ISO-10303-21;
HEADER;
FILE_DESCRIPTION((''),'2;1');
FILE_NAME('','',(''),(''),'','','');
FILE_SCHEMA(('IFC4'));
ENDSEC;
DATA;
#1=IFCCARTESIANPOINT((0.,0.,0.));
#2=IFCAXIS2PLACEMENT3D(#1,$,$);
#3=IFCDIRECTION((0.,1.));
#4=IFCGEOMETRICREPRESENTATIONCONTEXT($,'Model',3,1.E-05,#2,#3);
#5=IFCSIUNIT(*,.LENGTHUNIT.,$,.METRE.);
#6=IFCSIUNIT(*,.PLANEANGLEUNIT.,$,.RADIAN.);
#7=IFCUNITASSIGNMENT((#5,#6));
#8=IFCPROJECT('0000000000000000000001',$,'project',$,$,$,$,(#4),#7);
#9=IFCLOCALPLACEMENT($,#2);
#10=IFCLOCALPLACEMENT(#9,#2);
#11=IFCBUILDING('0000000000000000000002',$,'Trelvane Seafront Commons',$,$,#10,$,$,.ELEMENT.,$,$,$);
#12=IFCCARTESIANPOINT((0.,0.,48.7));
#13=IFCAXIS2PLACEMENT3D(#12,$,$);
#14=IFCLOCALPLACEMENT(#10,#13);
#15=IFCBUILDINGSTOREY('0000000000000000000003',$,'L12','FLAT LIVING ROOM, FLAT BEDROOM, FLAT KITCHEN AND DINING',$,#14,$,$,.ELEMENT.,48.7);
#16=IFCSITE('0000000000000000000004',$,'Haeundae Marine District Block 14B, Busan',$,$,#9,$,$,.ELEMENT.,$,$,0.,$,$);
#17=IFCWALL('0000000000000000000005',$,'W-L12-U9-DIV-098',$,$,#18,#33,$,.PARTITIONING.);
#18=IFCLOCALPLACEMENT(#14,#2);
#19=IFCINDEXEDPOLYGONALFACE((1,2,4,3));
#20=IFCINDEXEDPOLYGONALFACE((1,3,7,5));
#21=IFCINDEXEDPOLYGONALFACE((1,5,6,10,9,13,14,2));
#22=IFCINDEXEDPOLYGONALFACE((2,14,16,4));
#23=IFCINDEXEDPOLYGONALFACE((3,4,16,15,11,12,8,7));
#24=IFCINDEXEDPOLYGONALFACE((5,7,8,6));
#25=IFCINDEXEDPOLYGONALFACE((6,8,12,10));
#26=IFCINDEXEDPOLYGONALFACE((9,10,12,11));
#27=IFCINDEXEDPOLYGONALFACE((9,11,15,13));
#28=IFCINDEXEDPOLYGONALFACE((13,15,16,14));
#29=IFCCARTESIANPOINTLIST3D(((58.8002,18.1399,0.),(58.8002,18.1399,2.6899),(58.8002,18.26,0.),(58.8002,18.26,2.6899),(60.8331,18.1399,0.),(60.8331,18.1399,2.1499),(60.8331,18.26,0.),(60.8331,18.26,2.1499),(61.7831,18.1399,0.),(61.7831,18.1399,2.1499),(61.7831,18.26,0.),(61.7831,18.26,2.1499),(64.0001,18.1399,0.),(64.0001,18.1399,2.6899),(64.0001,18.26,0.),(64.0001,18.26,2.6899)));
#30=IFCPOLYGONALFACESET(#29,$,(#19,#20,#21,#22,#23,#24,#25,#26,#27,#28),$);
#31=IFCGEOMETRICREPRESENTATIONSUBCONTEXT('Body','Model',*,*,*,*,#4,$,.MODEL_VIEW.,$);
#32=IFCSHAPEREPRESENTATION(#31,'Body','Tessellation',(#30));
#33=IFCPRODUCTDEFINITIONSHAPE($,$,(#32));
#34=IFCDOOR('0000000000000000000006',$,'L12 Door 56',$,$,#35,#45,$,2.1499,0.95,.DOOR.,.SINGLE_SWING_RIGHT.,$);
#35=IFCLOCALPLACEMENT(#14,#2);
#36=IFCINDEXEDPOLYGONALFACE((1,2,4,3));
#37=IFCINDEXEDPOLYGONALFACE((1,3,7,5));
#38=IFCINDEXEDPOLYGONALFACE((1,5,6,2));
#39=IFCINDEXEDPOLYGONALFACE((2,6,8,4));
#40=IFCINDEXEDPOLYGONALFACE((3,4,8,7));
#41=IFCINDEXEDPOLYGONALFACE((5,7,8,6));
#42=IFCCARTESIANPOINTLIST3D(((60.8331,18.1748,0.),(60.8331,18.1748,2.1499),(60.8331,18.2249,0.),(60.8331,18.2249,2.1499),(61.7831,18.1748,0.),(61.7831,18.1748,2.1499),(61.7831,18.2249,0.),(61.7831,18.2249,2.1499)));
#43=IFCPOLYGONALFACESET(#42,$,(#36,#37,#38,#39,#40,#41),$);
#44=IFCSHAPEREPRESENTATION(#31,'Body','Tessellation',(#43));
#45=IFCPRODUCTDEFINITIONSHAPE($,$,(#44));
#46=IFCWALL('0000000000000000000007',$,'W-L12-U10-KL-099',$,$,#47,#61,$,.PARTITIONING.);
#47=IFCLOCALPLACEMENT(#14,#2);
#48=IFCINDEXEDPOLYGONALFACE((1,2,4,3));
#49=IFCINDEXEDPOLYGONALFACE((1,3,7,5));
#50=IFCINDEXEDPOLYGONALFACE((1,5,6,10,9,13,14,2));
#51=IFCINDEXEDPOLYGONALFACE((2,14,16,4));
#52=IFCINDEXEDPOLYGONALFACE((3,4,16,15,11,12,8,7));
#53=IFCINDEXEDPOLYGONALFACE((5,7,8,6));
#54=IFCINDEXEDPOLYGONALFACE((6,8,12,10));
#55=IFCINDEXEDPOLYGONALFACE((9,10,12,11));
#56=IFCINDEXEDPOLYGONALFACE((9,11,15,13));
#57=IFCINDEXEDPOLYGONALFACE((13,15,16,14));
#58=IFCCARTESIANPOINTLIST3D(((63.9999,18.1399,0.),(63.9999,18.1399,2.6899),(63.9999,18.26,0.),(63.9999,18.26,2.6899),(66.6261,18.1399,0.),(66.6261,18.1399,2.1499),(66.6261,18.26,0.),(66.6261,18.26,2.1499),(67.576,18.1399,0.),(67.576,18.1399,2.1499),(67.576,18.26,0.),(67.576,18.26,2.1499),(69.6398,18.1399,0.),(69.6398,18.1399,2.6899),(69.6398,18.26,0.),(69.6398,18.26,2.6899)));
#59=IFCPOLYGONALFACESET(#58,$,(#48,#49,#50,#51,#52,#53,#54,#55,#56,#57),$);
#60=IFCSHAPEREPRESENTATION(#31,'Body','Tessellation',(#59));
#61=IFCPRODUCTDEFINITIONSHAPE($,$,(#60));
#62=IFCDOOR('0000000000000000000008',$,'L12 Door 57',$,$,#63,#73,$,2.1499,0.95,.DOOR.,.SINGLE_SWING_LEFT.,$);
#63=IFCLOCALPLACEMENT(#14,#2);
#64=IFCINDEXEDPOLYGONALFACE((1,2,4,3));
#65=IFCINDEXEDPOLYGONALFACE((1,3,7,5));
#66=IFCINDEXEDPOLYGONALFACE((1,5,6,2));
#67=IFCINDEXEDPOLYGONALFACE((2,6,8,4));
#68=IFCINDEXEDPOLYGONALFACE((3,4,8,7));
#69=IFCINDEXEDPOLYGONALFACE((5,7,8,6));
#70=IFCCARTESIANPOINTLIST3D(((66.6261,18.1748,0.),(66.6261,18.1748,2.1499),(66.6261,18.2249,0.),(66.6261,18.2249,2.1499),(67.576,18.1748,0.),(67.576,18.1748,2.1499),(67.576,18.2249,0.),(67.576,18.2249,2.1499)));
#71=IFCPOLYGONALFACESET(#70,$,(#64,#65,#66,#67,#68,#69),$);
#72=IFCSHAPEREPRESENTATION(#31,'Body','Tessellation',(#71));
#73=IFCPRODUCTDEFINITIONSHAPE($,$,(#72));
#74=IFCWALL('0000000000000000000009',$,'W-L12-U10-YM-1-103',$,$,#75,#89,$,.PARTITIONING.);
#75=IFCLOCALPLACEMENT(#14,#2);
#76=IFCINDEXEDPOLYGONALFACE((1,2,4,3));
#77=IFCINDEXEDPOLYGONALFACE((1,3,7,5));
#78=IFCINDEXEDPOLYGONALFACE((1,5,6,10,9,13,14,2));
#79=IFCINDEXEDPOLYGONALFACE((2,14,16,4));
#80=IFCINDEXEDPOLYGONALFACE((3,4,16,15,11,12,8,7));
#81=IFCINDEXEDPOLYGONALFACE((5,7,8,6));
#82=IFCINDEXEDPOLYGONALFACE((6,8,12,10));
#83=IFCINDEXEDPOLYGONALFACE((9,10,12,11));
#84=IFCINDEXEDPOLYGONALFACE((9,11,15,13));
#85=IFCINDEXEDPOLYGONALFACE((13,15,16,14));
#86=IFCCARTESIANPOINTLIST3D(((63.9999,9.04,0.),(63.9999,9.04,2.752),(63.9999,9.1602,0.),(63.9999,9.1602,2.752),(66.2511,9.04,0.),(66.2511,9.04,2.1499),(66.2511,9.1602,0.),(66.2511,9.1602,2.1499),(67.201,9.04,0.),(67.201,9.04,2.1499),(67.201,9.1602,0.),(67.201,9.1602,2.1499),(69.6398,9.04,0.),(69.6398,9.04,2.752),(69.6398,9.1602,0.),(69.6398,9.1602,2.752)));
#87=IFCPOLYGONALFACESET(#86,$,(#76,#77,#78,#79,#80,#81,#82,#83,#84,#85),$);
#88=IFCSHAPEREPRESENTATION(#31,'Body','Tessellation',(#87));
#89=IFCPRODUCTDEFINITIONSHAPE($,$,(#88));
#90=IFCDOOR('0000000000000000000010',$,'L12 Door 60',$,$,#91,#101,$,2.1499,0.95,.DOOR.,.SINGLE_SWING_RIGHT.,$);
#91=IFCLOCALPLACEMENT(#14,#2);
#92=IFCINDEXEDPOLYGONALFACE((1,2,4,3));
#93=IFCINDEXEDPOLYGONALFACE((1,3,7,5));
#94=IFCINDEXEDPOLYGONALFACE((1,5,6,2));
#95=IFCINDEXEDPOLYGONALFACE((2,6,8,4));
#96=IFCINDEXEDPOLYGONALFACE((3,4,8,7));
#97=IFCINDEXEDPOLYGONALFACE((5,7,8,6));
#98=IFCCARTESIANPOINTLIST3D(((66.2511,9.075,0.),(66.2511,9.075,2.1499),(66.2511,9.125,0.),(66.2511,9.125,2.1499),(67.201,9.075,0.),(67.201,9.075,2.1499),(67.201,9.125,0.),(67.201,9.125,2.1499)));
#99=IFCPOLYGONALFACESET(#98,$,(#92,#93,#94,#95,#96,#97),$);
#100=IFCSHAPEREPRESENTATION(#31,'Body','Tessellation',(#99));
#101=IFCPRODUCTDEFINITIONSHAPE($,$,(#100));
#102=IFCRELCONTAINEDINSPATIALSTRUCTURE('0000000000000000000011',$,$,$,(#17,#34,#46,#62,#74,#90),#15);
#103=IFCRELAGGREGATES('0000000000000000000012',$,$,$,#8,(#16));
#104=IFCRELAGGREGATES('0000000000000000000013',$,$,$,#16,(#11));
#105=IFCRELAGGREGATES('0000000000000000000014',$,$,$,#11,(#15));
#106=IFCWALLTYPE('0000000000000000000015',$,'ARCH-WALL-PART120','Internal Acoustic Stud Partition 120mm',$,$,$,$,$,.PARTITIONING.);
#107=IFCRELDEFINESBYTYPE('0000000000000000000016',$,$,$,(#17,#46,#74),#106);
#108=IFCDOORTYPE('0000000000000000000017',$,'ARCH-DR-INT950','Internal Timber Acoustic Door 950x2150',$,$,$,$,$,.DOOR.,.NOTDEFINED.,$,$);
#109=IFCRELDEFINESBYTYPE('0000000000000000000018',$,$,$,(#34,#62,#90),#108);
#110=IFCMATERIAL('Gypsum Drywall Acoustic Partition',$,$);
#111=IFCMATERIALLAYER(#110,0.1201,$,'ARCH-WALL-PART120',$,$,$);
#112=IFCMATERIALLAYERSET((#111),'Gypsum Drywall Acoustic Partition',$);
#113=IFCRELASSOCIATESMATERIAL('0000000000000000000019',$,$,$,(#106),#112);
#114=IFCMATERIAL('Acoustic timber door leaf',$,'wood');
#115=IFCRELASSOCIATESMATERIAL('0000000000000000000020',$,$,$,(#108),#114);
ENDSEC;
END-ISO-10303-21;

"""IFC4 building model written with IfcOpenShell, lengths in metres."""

from ifc_helpers import new_model, si_unit, direction, frame, frame_2d, origin, place, context, subcontext, project, spatial, rectangle, extrude, source, transform, mapped, material, layer, layer_set, type_object, element, fill, save


model = new_model("IFC4")

# Units and contexts
model_context = context("Model", 3, precision=1e-05, world=origin(), true_north=direction((0.0, 1.0)))
body_context = subcontext(model_context, "Body", "Model", "MODEL_VIEW")
ifc_project = project(units=[si_unit("LENGTHUNIT", "METRE"), si_unit("PLANEANGLEUNIT", "RADIAN")], contexts=[model_context])

# Site, building, storey
site_placement = place(None, origin())
site = spatial("IfcSite", under=ifc_project, at=site_placement, Name="Haeundae Marine District Block 14B, Busan", CompositionType="ELEMENT", RefElevation=0.0)
building_placement = place(site_placement, origin())
building = spatial("IfcBuilding", under=site, at=building_placement, Name="Trelvane Seafront Commons", CompositionType="ELEMENT")
storey_placement = place(building_placement, frame((0.0, 0.0, 48.7)))
storey = spatial("IfcBuildingStorey", under=building, at=storey_placement, Name="L12", Description="FLAT LIVING ROOM, FLAT BEDROOM, FLAT KITCHEN AND DINING", CompositionType="ELEMENT", Elevation=48.7)

# Walls, openings, doors
ifc_material_1 = material(Name="Gypsum Drywall Acoustic Partition")
ifc_layer_1 = layer(ifc_material_1, 0.1201, Name="ARCH-WALL-PART120")
ifc_layer_set_1 = layer_set([ifc_layer_1], Name="Gypsum Drywall Acoustic Partition")
wall_type_1 = type_object("IfcWallType", Name="ARCH-WALL-PART120", Description="Internal Acoustic Stud Partition 120mm", PredefinedType="PARTITIONING", material=ifc_layer_set_1)
wall_1_placement = place(storey_placement, frame((58.8, 18.2, 0.0), z_axis=(0.0, 0.0, 1.0), x_axis=(1.0, 0.0, 0.0)))
wall_1 = element("IfcWall", 1, at=wall_1_placement, inside=storey, type_object=wall_type_1, Name="W-L12-U9-DIV-098", PredefinedType="PARTITIONING", context=body_context, shape_type="SweptSolid", body=[
    extrude(rectangle(XDim=5.2, YDim=0.1201, at=frame_2d((2.6001, 0.0))), origin(), (0.0, 0.0, 1.0), 2.6899),
])
opening_1_placement = place(wall_1_placement, frame((2.033, 0.0, 0.0)))
opening_1 = element("IfcOpeningElement", 2, at=opening_1_placement, cuts=wall_1, PredefinedType="OPENING", context=body_context, shape_type="SweptSolid", body=[
    extrude(rectangle(XDim=0.95, YDim=2.1499, at=frame_2d((0.4751, 1.075))), frame((0.0, 0.0701, 0.0), z_axis=(0.0, -1.0, 0.0), x_axis=(1.0, 0.0, 0.0)), (0.0, 0.0, 1.0), 0.1401),
])
ifc_material_2 = material(Name="Acoustic timber door leaf", Category="wood")
door_type = type_object("IfcDoorType", Name="ARCH-DR-INT950", Description="Internal Timber Acoustic Door 950x2150", OperationType="NOTDEFINED", PredefinedType="DOOR", material=ifc_material_2)
shared_shape_1 = source(origin(), body_context, "Body", "SweptSolid", [
    extrude(rectangle(XDim=0.95, YDim=2.1499, at=frame_2d((0.4751, 1.075))), frame((0.0, 0.0249, 0.0), z_axis=(0.0, -1.0, 0.0), x_axis=(1.0, 0.0, 0.0)), (0.0, 0.0, 1.0), 0.05),
])
door_1_placement = place(opening_1_placement, origin())
door_1 = element("IfcDoor", 3, at=door_1_placement, inside=storey, type_object=door_type, Name="L12 Door 56", OperationType="SINGLE_SWING_RIGHT", OverallHeight=2.1499, OverallWidth=0.95, PredefinedType="DOOR", context=body_context, shape_type="MappedRepresentation", body=[
    mapped(shared_shape_1, transform((0.0, 0.0, 0.0), x_axis=(1.0, 0.0, 0.0), y_axis=(0.0, 1.0, 0.0), z_axis=(0.0, 0.0, 1.0), scale=1.0)),
])
fill(opening_1, door_1)
wall_2_placement = place(storey_placement, frame((64.0, 18.2, 0.0), z_axis=(0.0, 0.0, 1.0), x_axis=(1.0, 0.0, 0.0)))
wall_2 = element("IfcWall", 4, at=wall_2_placement, inside=storey, type_object=wall_type_1, Name="W-L12-U10-KL-099", PredefinedType="PARTITIONING", context=body_context, shape_type="SweptSolid", body=[
    extrude(rectangle(XDim=5.6399, YDim=0.1201, at=frame_2d((2.8198, 0.0))), origin(), (0.0, 0.0, 1.0), 2.6899),
])
opening_2_placement = place(wall_2_placement, frame((2.626, 0.0, 0.0)))
opening_2 = element("IfcOpeningElement", 5, at=opening_2_placement, cuts=wall_2, PredefinedType="OPENING", context=body_context, shape_type="SweptSolid", body=[
    extrude(rectangle(XDim=0.95, YDim=2.1499, at=frame_2d((0.4751, 1.075))), frame((0.0, 0.0701, 0.0), z_axis=(0.0, -1.0, 0.0), x_axis=(1.0, 0.0, 0.0)), (0.0, 0.0, 1.0), 0.1401),
])
door_2_placement = place(opening_2_placement, origin())
door_2 = element("IfcDoor", 6, at=door_2_placement, inside=storey, type_object=door_type, Name="L12 Door 57", OperationType="SINGLE_SWING_LEFT", OverallHeight=2.1499, OverallWidth=0.95, PredefinedType="DOOR", context=body_context, shape_type="MappedRepresentation", body=[
    mapped(shared_shape_1, transform((0.0, 0.0, 0.0), x_axis=(1.0, 0.0, 0.0), y_axis=(0.0, 1.0, 0.0), z_axis=(0.0, 0.0, 1.0), scale=1.0)),
])
fill(opening_2, door_2)
wall_3_placement = place(storey_placement, frame((64.0, 9.1001, 0.0), z_axis=(0.0, 0.0, 1.0), x_axis=(1.0, 0.0, 0.0)))
wall_3 = element("IfcWall", 7, at=wall_3_placement, inside=storey, type_object=wall_type_1, Name="W-L12-U10-YM-1-103", PredefinedType="PARTITIONING", context=body_context, shape_type="SweptSolid", body=[
    extrude(rectangle(XDim=5.6399, YDim=0.1201, at=frame_2d((2.8198, 0.0))), origin(), (0.0, 0.0, 1.0), 2.752),
])
opening_3_placement = place(wall_3_placement, frame((2.251, 0.0, 0.0)))
opening_3 = element("IfcOpeningElement", 8, at=opening_3_placement, cuts=wall_3, PredefinedType="OPENING", context=body_context, shape_type="SweptSolid", body=[
    extrude(rectangle(XDim=0.95, YDim=2.1499, at=frame_2d((0.4751, 1.075))), frame((0.0, 0.0701, 0.0), z_axis=(0.0, -1.0, 0.0), x_axis=(1.0, 0.0, 0.0)), (0.0, 0.0, 1.0), 0.1401),
])
door_3_placement = place(opening_3_placement, origin())
door_3 = element("IfcDoor", 9, at=door_3_placement, inside=storey, type_object=door_type, Name="L12 Door 60", OperationType="SINGLE_SWING_RIGHT", OverallHeight=2.1499, OverallWidth=0.95, PredefinedType="DOOR", context=body_context, shape_type="MappedRepresentation", body=[
    mapped(shared_shape_1, transform((0.0, 0.0, 0.0), x_axis=(1.0, 0.0, 0.0), y_axis=(0.0, 1.0, 0.0), z_axis=(0.0, 0.0, 1.0), scale=1.0)),
])
fill(opening_3, door_3)

save(model, "model.ifc")
